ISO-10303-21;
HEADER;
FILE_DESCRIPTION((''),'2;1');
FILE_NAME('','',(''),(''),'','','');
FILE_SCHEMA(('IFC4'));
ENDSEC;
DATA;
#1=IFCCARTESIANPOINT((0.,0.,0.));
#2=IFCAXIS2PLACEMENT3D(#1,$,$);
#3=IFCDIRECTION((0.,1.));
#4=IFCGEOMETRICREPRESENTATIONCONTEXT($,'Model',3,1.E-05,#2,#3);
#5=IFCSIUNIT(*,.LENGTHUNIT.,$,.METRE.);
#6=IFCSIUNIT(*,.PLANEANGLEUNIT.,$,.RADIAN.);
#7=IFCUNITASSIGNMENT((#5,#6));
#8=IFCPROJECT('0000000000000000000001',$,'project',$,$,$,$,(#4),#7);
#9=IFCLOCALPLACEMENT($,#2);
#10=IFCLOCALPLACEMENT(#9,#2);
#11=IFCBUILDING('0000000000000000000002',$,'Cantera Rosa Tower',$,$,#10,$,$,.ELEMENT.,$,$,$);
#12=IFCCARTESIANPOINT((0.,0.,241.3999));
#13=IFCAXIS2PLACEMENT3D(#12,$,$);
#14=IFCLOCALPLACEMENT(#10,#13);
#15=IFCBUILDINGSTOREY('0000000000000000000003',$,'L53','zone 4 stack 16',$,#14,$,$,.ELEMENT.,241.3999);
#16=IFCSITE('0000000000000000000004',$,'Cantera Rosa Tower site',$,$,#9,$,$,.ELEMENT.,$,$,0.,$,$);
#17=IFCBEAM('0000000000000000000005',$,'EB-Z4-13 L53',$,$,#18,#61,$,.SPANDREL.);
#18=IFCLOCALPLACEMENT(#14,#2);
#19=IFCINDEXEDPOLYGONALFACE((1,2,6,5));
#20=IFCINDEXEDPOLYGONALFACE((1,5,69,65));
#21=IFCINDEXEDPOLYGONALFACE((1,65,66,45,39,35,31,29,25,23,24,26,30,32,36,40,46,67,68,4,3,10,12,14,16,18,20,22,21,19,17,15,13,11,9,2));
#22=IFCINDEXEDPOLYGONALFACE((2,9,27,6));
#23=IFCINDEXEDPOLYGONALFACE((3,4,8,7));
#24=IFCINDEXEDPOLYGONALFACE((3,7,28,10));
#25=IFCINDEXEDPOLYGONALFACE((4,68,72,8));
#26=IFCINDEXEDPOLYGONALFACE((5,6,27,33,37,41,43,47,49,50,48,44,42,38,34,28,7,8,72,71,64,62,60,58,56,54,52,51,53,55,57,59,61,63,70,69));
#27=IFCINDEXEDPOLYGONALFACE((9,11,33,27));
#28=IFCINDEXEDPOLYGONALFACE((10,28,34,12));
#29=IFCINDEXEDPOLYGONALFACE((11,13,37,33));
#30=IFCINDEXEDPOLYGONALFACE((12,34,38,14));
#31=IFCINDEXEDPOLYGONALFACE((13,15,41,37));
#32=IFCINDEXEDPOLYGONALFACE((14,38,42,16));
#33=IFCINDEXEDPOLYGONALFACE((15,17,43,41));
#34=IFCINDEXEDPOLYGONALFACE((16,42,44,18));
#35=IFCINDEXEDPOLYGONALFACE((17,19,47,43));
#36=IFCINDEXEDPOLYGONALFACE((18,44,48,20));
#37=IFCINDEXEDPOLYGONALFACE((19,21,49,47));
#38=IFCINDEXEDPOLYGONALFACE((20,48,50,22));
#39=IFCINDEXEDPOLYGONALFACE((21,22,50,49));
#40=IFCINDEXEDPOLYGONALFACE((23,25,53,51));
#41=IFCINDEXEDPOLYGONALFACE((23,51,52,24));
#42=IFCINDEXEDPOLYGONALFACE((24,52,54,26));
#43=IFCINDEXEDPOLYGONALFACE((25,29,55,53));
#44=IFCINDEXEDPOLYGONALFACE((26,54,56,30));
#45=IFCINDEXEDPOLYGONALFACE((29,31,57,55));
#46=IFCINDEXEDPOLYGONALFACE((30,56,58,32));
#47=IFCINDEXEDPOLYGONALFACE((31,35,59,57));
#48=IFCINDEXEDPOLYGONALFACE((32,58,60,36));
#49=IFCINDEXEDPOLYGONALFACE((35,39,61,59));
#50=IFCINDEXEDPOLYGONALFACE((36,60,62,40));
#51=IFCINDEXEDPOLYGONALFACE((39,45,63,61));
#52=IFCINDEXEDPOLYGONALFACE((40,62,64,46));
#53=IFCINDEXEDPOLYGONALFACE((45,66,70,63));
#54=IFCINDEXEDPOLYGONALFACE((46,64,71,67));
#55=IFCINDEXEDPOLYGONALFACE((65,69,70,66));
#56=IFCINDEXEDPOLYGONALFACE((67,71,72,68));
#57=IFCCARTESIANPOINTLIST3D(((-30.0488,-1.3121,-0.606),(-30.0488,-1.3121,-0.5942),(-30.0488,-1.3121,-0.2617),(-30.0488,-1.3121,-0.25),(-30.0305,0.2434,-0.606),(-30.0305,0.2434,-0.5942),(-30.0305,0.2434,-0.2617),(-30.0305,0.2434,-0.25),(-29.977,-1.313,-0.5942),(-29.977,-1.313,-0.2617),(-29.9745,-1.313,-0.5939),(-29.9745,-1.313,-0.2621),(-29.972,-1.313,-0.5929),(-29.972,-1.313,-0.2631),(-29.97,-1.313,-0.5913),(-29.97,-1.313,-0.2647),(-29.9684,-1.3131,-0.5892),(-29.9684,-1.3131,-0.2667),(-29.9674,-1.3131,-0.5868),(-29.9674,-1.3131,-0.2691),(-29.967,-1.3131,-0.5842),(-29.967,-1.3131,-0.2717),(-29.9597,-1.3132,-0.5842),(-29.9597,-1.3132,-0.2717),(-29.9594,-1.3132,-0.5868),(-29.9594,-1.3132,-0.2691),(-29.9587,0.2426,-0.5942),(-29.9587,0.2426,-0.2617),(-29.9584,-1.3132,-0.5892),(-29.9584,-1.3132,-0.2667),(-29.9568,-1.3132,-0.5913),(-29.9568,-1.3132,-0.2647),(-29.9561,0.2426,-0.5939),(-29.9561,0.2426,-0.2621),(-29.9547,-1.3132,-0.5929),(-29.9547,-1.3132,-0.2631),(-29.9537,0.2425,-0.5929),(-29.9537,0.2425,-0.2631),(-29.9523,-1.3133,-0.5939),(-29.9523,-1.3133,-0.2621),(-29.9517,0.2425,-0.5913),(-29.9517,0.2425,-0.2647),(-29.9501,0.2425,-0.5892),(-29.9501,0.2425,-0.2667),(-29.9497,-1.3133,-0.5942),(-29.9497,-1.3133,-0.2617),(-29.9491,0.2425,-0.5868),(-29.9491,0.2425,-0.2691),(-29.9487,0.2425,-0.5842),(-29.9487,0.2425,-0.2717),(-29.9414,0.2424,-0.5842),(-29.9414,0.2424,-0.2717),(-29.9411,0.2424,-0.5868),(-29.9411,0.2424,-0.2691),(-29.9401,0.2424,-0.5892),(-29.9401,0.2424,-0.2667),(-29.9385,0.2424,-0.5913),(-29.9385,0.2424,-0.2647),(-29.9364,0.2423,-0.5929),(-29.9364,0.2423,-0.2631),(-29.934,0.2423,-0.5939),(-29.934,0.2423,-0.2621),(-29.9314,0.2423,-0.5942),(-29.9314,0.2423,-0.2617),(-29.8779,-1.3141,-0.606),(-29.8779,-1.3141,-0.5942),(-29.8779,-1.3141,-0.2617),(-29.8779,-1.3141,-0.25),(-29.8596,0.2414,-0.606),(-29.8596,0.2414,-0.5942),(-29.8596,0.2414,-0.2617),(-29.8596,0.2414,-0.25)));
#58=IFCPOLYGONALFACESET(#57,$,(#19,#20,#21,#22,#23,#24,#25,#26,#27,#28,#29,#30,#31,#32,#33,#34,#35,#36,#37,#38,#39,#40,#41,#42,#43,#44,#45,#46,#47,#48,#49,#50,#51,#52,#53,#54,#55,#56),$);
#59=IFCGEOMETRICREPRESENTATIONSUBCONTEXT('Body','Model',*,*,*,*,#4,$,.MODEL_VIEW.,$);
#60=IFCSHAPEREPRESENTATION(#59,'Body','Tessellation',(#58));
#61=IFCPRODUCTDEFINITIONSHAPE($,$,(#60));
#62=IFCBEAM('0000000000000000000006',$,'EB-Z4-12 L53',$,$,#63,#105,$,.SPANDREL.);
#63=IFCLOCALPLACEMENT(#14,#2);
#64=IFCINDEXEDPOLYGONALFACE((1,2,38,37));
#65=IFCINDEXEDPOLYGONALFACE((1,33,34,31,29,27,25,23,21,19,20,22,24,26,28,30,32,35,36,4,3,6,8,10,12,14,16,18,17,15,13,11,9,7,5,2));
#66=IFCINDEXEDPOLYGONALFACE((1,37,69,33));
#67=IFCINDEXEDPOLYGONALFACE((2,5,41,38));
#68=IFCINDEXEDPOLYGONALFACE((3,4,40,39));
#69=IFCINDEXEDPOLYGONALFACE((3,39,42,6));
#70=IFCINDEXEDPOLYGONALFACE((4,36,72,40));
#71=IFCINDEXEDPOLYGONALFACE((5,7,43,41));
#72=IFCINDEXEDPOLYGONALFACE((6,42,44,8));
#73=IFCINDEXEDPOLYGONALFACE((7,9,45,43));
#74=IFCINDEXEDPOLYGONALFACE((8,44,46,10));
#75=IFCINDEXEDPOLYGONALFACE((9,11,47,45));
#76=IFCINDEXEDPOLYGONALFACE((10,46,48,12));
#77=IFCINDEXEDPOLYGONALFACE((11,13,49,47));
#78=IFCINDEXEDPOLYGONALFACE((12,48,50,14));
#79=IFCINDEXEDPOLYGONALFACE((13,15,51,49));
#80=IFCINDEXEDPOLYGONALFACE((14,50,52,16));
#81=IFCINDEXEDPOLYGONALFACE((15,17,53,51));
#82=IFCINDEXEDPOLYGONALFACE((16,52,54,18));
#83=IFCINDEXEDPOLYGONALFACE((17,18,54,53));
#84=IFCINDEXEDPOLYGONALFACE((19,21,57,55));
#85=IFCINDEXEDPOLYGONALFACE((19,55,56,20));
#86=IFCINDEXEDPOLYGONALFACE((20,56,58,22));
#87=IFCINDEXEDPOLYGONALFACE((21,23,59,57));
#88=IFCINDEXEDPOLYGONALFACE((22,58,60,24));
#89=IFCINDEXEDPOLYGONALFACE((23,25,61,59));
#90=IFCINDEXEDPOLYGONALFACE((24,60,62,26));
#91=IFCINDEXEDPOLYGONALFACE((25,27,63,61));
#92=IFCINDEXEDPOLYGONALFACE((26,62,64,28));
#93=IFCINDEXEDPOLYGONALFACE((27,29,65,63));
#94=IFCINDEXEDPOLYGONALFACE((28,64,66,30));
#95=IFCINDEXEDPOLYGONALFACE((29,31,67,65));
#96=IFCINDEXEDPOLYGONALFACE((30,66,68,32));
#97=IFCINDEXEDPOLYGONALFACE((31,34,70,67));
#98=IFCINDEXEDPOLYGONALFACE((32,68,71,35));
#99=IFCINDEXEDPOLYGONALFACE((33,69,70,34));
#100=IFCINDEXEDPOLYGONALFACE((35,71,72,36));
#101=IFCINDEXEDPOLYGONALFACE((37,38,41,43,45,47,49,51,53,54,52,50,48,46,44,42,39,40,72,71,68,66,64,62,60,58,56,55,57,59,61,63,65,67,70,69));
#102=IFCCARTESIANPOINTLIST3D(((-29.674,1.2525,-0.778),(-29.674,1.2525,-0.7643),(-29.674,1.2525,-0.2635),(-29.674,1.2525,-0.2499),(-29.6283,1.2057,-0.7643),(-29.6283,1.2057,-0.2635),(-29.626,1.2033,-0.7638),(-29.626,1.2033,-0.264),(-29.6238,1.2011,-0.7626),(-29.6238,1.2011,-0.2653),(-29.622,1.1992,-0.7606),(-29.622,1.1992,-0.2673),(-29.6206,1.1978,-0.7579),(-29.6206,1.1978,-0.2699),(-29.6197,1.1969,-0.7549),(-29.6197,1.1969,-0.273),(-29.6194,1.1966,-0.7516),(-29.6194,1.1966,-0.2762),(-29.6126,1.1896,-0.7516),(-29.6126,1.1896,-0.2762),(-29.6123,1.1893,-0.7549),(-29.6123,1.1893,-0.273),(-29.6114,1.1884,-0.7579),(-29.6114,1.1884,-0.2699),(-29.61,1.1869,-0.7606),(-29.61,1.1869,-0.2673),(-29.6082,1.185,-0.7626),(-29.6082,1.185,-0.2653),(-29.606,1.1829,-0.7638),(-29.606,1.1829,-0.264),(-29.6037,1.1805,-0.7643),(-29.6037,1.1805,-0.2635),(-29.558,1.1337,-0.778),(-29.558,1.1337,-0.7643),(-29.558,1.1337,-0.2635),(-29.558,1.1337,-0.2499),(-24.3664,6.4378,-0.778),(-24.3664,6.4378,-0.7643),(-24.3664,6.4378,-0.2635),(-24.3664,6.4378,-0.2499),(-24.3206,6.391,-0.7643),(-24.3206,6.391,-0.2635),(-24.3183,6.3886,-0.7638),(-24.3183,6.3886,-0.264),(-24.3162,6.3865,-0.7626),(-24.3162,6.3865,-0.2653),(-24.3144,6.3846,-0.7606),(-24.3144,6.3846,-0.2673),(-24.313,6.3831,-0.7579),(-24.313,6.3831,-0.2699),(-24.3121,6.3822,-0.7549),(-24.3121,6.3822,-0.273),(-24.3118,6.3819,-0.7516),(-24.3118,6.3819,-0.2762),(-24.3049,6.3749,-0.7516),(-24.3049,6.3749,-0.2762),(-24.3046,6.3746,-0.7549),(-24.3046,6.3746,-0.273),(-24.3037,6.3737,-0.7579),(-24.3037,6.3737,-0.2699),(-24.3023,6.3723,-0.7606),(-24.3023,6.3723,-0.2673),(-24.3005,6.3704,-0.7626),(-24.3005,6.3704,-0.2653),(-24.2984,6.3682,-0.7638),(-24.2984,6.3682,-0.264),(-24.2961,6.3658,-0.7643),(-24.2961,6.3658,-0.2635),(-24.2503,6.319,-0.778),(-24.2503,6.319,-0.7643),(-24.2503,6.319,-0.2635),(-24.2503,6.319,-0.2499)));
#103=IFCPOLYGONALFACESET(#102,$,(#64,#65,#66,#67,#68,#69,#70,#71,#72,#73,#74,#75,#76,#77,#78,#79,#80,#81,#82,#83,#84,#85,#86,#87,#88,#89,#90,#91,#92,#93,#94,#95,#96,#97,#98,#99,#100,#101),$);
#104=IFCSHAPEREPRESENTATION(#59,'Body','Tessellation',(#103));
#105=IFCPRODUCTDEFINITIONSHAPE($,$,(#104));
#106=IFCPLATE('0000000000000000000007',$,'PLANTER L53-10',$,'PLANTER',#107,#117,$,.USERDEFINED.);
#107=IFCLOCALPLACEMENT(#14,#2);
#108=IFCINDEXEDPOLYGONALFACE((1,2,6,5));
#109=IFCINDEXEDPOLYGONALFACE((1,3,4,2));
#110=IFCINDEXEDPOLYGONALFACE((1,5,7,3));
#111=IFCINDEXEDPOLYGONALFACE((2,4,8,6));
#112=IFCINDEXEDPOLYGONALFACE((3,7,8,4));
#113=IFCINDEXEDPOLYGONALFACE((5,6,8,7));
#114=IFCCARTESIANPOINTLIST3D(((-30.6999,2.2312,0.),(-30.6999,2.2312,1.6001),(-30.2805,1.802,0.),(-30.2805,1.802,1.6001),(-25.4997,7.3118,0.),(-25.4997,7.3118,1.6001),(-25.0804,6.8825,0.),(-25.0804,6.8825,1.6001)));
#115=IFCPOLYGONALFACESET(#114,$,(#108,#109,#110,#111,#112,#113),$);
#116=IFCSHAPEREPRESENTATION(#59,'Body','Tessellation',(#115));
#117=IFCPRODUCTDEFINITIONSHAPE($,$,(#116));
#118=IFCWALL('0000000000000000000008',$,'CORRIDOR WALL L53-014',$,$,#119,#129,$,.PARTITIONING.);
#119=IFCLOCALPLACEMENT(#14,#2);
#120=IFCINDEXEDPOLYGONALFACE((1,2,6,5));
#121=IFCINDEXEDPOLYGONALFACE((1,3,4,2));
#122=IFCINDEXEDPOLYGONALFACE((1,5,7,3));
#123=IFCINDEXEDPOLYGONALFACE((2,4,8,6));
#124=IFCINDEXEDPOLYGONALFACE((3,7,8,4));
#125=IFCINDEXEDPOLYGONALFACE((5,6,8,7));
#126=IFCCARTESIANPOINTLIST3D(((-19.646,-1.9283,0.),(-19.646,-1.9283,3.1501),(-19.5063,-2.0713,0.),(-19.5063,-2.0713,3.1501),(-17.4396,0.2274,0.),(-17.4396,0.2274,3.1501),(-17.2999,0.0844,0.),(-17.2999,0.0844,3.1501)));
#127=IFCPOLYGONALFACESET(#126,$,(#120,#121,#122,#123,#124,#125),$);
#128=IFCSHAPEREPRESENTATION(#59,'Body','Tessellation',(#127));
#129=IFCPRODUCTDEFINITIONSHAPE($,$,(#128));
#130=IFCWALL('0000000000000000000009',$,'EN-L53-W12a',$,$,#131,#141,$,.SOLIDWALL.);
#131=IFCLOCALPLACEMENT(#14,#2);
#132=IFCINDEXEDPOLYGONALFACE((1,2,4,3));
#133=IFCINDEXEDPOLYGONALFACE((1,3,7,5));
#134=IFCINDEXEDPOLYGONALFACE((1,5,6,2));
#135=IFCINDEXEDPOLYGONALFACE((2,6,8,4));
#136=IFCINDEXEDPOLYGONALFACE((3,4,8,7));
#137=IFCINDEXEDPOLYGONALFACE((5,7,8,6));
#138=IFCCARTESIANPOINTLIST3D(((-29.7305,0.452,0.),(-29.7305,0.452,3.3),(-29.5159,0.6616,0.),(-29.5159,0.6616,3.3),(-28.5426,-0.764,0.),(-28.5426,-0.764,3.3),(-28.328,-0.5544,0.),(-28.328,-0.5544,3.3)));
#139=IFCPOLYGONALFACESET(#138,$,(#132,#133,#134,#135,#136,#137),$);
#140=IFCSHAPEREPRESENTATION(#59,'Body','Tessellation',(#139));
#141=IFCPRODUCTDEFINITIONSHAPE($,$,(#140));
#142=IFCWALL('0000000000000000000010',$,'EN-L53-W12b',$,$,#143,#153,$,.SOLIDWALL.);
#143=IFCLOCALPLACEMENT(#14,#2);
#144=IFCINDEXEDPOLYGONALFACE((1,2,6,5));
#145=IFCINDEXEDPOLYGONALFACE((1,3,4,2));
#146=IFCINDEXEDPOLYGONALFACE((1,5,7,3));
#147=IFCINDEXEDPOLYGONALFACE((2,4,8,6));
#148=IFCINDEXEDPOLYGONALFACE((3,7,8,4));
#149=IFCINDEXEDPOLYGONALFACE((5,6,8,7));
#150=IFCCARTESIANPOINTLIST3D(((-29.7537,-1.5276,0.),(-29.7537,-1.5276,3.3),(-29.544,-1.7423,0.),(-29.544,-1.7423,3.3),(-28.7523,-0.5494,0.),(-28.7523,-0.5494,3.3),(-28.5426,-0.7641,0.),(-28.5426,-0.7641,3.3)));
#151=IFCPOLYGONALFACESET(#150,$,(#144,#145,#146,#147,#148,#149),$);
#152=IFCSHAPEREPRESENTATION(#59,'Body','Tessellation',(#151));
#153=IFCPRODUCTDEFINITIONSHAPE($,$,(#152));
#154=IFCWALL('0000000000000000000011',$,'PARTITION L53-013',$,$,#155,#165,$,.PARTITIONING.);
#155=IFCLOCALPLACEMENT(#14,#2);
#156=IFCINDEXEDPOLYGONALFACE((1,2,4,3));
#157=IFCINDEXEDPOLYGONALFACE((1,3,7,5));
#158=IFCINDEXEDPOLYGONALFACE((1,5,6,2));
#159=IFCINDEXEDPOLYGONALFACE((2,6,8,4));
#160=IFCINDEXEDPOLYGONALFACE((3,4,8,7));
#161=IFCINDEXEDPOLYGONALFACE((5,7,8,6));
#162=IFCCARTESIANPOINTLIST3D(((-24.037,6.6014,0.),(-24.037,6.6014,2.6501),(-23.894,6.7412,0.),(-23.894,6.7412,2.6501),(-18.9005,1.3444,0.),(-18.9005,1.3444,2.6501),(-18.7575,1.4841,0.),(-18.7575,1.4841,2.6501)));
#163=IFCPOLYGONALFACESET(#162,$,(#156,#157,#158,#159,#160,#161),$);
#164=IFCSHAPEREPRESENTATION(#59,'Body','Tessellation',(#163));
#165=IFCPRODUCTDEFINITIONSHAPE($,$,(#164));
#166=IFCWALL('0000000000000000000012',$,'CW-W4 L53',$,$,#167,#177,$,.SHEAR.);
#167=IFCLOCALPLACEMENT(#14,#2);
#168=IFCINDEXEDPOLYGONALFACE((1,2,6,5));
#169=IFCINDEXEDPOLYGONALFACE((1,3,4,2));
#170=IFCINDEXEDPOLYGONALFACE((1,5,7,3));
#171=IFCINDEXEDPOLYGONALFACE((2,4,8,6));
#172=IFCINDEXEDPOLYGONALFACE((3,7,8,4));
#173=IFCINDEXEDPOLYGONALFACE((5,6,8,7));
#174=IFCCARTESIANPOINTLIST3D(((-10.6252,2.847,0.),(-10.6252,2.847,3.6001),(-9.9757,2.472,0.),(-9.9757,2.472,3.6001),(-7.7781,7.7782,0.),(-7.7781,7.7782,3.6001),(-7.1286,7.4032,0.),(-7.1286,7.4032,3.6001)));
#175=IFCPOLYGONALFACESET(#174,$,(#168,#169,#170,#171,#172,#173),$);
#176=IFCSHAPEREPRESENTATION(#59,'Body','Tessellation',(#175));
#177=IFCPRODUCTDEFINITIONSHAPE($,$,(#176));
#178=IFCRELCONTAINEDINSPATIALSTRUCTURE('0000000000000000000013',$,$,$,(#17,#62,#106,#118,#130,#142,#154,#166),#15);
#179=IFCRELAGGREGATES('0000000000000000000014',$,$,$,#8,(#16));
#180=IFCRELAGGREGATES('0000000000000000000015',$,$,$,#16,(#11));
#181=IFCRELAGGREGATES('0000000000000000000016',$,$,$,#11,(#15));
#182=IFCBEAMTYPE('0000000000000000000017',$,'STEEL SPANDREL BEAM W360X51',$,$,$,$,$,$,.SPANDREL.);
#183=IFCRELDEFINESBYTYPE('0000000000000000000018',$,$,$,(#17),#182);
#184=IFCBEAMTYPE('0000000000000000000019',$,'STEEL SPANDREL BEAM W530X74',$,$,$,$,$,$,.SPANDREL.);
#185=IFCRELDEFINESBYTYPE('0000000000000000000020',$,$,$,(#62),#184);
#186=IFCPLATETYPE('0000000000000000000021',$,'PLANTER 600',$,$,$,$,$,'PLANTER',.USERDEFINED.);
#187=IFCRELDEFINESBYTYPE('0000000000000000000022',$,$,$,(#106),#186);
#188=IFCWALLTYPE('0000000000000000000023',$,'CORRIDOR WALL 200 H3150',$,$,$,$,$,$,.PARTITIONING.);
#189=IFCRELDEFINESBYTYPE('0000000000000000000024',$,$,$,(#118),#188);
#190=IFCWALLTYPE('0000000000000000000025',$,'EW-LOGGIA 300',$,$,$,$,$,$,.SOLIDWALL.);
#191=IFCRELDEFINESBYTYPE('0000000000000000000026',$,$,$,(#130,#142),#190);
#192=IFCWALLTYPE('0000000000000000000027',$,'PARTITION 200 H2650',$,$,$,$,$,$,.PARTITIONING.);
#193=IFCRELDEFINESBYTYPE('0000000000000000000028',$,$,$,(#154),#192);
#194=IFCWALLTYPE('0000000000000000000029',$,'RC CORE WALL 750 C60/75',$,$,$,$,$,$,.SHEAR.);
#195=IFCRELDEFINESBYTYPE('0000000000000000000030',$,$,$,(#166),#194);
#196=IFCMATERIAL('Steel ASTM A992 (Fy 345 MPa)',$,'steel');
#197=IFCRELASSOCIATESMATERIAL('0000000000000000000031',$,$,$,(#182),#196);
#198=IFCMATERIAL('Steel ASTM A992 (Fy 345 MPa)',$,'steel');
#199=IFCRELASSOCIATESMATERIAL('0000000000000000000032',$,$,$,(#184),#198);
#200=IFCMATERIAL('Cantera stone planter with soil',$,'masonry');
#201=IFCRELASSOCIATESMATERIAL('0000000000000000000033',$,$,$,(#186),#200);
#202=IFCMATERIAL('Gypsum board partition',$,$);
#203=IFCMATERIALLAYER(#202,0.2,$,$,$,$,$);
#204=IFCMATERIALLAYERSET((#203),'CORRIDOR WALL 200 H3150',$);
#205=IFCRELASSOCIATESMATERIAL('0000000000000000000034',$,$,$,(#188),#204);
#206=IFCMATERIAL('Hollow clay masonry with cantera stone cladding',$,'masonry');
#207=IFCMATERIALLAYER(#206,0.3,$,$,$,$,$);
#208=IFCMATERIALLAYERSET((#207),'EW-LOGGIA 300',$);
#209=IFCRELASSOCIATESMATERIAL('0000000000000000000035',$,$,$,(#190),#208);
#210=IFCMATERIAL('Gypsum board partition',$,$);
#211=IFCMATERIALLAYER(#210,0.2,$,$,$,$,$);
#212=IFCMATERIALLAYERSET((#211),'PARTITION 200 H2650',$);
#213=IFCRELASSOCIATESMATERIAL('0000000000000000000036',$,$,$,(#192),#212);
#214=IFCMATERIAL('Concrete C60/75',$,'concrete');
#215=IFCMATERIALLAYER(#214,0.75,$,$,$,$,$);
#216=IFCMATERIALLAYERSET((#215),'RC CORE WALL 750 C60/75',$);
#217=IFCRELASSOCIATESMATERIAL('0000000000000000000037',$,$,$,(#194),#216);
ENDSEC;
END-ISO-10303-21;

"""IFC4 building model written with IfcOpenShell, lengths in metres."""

from ifc_helpers import new_model, si_unit, direction, frame, frame_2d, origin, origin_2d, place, context, subcontext, project, spatial, rectangle, i_section, extrude, material, layer, layer_set, material_profile, profile_set, type_object, element, save


model = new_model("IFC4")

# Units and contexts
model_context = context("Model", 3, precision=1e-05, world=origin(), true_north=direction((0.0, 1.0)))
body_context = subcontext(model_context, "Body", "Model", "MODEL_VIEW")
ifc_project = project(units=[si_unit("LENGTHUNIT", "METRE"), si_unit("PLANEANGLEUNIT", "RADIAN")], contexts=[model_context])

# Site, building, storey
site_placement = place(None, origin())
site = spatial("IfcSite", under=ifc_project, at=site_placement, Name="Cantera Rosa Tower site", CompositionType="ELEMENT", RefElevation=0.0)
building_placement = place(site_placement, origin())
building = spatial("IfcBuilding", under=site, at=building_placement, Name="Cantera Rosa Tower", CompositionType="ELEMENT")
storey_placement = place(building_placement, frame((0.0, 0.0, 241.3999)))
storey = spatial("IfcBuildingStorey", under=building, at=storey_placement, Name="L53", Description="zone 4 stack 16", CompositionType="ELEMENT", Elevation=241.3999)

# Beams
ifc_material_1 = material(Name="Steel ASTM A992 (Fy 345 MPa)", Category="steel")
ifc_material_profile_1 = material_profile(ifc_material_1, i_section(OverallWidth=0.1709, OverallDepth=0.356, WebThickness=0.0073, FlangeThickness=0.0117, FilletRadius=0.01, at=origin_2d()), Name="W360X51")
ifc_profile_set_1 = profile_set([ifc_material_profile_1], Name="Steel ASTM A992 (Fy 345 MPa)")
beam_type_1 = type_object("IfcBeamType", Name="STEEL SPANDREL BEAM W360X51", PredefinedType="SPANDREL", material=ifc_profile_set_1)
beam_1_placement = place(storey_placement, frame((-29.9451, 0.2424, -0.428), z_axis=(-0.011769, -0.999931, 0.0), x_axis=(0.999931, -0.011769, 0.0)))
element("IfcBeam", 1, at=beam_1_placement, inside=storey, type_object=beam_type_1, Name="EB-Z4-13 L53", PredefinedType="SPANDREL", context=body_context, shape_type="SweptSolid", body=[
    extrude(i_section(OverallWidth=0.1709, OverallDepth=0.356, WebThickness=0.0073, FlangeThickness=0.0117, FilletRadius=0.01, at=origin_2d()), origin(), (0.0, 0.0, 1.0), 1.5557),
])
ifc_material_2 = material(Name="Steel ASTM A992 (Fy 345 MPa)", Category="steel")
ifc_material_profile_2 = material_profile(ifc_material_2, i_section(OverallWidth=0.166, OverallDepth=0.5281, WebThickness=0.0098, FlangeThickness=0.0137, FilletRadius=0.0127, at=origin_2d()), Name="W530X74")
ifc_profile_set_2 = profile_set([ifc_material_profile_2], Name="Steel ASTM A992 (Fy 345 MPa)")
beam_type_2 = type_object("IfcBeamType", Name="STEEL SPANDREL BEAM W530X74", PredefinedType="SPANDREL", material=ifc_profile_set_2)
beam_2_placement = place(storey_placement, frame((-24.3083, 6.3784, -0.5139), z_axis=(-0.715301, -0.698817, 0.0), x_axis=(0.698817, -0.715301, 0.0)))
element("IfcBeam", 2, at=beam_2_placement, inside=storey, type_object=beam_type_2, Name="EB-Z4-12 L53", PredefinedType="SPANDREL", context=body_context, shape_type="SweptSolid", body=[
    extrude(i_section(OverallWidth=0.166, OverallDepth=0.5281, WebThickness=0.0098, FlangeThickness=0.0137, FilletRadius=0.0127, at=origin_2d()), origin(), (0.0, 0.0, 1.0), 7.4202),
])

# Plate
ifc_material_3 = material(Name="Cantera stone planter with soil", Category="masonry")
plate_type = type_object("IfcPlateType", Name="PLANTER 600", ElementType="PLANTER", PredefinedType="USERDEFINED", material=ifc_material_3)
plate_placement = place(storey_placement, frame((-27.8901, 4.5569, 0.0), z_axis=(0.0, 0.0, 1.0), x_axis=(-0.715286, -0.698832, 0.0)))
element("IfcPlate", 3, at=plate_placement, inside=storey, type_object=plate_type, Name="PLANTER L53-10", ObjectType="PLANTER", PredefinedType="USERDEFINED", context=body_context, shape_type="SweptSolid", body=[
    extrude(rectangle(XDim=7.27, YDim=0.6001, at=origin_2d()), origin(), (0.0, 0.0, 1.0), 1.6001),
])

# Walls
ifc_material_4 = material(Name="Gypsum board partition")
ifc_layer_1 = layer(ifc_material_4, 0.2)
ifc_layer_set_1 = layer_set([ifc_layer_1], Name="CORRIDOR WALL 200 H3150")
wall_type_1 = type_object("IfcWallType", Name="CORRIDOR WALL 200 H3150", PredefinedType="PARTITIONING", material=ifc_layer_set_1)
wall_1_placement = place(storey_placement, frame((-17.3696, 0.156, 0.0), z_axis=(0.0, 0.0, 1.0), x_axis=(-0.71529, -0.698828, 0.0)))
element("IfcWall", 4, at=wall_1_placement, inside=storey, type_object=wall_type_1, Name="CORRIDOR WALL L53-014", PredefinedType="PARTITIONING", context=body_context, shape_type="SweptSolid", body=[
    extrude(rectangle(XDim=3.0847, YDim=0.2, at=frame_2d((1.5425, 0.0))), origin(), (0.0, 0.0, 1.0), 3.1501),
])
ifc_material_5 = material(Name="Hollow clay masonry with cantera stone cladding", Category="masonry")
ifc_layer_2 = layer(ifc_material_5, 0.3)
ifc_layer_set_2 = layer_set([ifc_layer_2], Name="EW-LOGGIA 300")
wall_type_2 = type_object("IfcWallType", Name="EW-LOGGIA 300", PredefinedType="SOLIDWALL", material=ifc_layer_set_2)
wall_2_placement = place(storey_placement, frame((-29.6233, 0.5569, 0.0), z_axis=(0.0, 0.0, 1.0), x_axis=(0.698801, -0.715316, 0.0)))
element("IfcWall", 5, at=wall_2_placement, inside=storey, type_object=wall_type_2, Name="EN-L53-W12a", PredefinedType="SOLIDWALL", context=body_context, shape_type="SweptSolid", body=[
    extrude(rectangle(XDim=1.7, YDim=0.3, at=frame_2d((0.8501, 0.0))), origin(), (0.0, 0.0, 1.0), 3.3),
])
wall_3_placement = place(storey_placement, frame((-28.6475, -0.6567, 0.0), z_axis=(0.0, 0.0, 1.0), x_axis=(-0.715342, -0.698775, 0.0)))
element("IfcWall", 6, at=wall_3_placement, inside=storey, type_object=wall_type_2, Name="EN-L53-W12b", PredefinedType="SOLIDWALL", context=body_context, shape_type="SweptSolid", body=[
    extrude(rectangle(XDim=1.3999, YDim=0.3, at=frame_2d((0.7, 0.0))), origin(), (0.0, 0.0, 1.0), 3.3),
])
ifc_material_6 = material(Name="Gypsum board partition")
ifc_layer_3 = layer(ifc_material_6, 0.2)
ifc_layer_set_3 = layer_set([ifc_layer_3], Name="PARTITION 200 H2650")
wall_type_3 = type_object("IfcWallType", Name="PARTITION 200 H2650", PredefinedType="PARTITIONING", material=ifc_layer_set_3)
wall_4_placement = place(storey_placement, frame((-18.8291, 1.4143, 0.0), z_axis=(0.0, 0.0, 1.0), x_axis=(-0.698855, 0.715264, 0.0)))
element("IfcWall", 7, at=wall_4_placement, inside=storey, type_object=wall_type_3, Name="PARTITION L53-013", PredefinedType="PARTITIONING", context=body_context, shape_type="SweptSolid", body=[
    extrude(rectangle(XDim=7.3499, YDim=0.2, at=frame_2d((3.6748, 0.0))), origin(), (0.0, 0.0, 1.0), 2.6501),
])
ifc_material_7 = material(Name="Concrete C60/75", Category="concrete")
ifc_layer_4 = layer(ifc_material_7, 0.75)
ifc_layer_set_4 = layer_set([ifc_layer_4], Name="RC CORE WALL 750 C60/75")
wall_type_4 = type_object("IfcWallType", Name="RC CORE WALL 750 C60/75", PredefinedType="SHEAR", material=ifc_layer_set_4)
wall_5_placement = place(storey_placement, frame((-10.3005, 2.6594, 0.0), z_axis=(0.0, 0.0, 1.0), x_axis=(0.500022, 0.866013, 0.0)))
element("IfcWall", 8, at=wall_5_placement, inside=storey, type_object=wall_type_4, Name="CW-W4 L53", PredefinedType="SHEAR", context=body_context, shape_type="SweptSolid", body=[
    extrude(rectangle(XDim=5.6941, YDim=0.75, at=frame_2d((2.8472, 0.0))), origin(), (0.0, 0.0, 1.0), 3.6001),
])

save(model, "model.ifc")
